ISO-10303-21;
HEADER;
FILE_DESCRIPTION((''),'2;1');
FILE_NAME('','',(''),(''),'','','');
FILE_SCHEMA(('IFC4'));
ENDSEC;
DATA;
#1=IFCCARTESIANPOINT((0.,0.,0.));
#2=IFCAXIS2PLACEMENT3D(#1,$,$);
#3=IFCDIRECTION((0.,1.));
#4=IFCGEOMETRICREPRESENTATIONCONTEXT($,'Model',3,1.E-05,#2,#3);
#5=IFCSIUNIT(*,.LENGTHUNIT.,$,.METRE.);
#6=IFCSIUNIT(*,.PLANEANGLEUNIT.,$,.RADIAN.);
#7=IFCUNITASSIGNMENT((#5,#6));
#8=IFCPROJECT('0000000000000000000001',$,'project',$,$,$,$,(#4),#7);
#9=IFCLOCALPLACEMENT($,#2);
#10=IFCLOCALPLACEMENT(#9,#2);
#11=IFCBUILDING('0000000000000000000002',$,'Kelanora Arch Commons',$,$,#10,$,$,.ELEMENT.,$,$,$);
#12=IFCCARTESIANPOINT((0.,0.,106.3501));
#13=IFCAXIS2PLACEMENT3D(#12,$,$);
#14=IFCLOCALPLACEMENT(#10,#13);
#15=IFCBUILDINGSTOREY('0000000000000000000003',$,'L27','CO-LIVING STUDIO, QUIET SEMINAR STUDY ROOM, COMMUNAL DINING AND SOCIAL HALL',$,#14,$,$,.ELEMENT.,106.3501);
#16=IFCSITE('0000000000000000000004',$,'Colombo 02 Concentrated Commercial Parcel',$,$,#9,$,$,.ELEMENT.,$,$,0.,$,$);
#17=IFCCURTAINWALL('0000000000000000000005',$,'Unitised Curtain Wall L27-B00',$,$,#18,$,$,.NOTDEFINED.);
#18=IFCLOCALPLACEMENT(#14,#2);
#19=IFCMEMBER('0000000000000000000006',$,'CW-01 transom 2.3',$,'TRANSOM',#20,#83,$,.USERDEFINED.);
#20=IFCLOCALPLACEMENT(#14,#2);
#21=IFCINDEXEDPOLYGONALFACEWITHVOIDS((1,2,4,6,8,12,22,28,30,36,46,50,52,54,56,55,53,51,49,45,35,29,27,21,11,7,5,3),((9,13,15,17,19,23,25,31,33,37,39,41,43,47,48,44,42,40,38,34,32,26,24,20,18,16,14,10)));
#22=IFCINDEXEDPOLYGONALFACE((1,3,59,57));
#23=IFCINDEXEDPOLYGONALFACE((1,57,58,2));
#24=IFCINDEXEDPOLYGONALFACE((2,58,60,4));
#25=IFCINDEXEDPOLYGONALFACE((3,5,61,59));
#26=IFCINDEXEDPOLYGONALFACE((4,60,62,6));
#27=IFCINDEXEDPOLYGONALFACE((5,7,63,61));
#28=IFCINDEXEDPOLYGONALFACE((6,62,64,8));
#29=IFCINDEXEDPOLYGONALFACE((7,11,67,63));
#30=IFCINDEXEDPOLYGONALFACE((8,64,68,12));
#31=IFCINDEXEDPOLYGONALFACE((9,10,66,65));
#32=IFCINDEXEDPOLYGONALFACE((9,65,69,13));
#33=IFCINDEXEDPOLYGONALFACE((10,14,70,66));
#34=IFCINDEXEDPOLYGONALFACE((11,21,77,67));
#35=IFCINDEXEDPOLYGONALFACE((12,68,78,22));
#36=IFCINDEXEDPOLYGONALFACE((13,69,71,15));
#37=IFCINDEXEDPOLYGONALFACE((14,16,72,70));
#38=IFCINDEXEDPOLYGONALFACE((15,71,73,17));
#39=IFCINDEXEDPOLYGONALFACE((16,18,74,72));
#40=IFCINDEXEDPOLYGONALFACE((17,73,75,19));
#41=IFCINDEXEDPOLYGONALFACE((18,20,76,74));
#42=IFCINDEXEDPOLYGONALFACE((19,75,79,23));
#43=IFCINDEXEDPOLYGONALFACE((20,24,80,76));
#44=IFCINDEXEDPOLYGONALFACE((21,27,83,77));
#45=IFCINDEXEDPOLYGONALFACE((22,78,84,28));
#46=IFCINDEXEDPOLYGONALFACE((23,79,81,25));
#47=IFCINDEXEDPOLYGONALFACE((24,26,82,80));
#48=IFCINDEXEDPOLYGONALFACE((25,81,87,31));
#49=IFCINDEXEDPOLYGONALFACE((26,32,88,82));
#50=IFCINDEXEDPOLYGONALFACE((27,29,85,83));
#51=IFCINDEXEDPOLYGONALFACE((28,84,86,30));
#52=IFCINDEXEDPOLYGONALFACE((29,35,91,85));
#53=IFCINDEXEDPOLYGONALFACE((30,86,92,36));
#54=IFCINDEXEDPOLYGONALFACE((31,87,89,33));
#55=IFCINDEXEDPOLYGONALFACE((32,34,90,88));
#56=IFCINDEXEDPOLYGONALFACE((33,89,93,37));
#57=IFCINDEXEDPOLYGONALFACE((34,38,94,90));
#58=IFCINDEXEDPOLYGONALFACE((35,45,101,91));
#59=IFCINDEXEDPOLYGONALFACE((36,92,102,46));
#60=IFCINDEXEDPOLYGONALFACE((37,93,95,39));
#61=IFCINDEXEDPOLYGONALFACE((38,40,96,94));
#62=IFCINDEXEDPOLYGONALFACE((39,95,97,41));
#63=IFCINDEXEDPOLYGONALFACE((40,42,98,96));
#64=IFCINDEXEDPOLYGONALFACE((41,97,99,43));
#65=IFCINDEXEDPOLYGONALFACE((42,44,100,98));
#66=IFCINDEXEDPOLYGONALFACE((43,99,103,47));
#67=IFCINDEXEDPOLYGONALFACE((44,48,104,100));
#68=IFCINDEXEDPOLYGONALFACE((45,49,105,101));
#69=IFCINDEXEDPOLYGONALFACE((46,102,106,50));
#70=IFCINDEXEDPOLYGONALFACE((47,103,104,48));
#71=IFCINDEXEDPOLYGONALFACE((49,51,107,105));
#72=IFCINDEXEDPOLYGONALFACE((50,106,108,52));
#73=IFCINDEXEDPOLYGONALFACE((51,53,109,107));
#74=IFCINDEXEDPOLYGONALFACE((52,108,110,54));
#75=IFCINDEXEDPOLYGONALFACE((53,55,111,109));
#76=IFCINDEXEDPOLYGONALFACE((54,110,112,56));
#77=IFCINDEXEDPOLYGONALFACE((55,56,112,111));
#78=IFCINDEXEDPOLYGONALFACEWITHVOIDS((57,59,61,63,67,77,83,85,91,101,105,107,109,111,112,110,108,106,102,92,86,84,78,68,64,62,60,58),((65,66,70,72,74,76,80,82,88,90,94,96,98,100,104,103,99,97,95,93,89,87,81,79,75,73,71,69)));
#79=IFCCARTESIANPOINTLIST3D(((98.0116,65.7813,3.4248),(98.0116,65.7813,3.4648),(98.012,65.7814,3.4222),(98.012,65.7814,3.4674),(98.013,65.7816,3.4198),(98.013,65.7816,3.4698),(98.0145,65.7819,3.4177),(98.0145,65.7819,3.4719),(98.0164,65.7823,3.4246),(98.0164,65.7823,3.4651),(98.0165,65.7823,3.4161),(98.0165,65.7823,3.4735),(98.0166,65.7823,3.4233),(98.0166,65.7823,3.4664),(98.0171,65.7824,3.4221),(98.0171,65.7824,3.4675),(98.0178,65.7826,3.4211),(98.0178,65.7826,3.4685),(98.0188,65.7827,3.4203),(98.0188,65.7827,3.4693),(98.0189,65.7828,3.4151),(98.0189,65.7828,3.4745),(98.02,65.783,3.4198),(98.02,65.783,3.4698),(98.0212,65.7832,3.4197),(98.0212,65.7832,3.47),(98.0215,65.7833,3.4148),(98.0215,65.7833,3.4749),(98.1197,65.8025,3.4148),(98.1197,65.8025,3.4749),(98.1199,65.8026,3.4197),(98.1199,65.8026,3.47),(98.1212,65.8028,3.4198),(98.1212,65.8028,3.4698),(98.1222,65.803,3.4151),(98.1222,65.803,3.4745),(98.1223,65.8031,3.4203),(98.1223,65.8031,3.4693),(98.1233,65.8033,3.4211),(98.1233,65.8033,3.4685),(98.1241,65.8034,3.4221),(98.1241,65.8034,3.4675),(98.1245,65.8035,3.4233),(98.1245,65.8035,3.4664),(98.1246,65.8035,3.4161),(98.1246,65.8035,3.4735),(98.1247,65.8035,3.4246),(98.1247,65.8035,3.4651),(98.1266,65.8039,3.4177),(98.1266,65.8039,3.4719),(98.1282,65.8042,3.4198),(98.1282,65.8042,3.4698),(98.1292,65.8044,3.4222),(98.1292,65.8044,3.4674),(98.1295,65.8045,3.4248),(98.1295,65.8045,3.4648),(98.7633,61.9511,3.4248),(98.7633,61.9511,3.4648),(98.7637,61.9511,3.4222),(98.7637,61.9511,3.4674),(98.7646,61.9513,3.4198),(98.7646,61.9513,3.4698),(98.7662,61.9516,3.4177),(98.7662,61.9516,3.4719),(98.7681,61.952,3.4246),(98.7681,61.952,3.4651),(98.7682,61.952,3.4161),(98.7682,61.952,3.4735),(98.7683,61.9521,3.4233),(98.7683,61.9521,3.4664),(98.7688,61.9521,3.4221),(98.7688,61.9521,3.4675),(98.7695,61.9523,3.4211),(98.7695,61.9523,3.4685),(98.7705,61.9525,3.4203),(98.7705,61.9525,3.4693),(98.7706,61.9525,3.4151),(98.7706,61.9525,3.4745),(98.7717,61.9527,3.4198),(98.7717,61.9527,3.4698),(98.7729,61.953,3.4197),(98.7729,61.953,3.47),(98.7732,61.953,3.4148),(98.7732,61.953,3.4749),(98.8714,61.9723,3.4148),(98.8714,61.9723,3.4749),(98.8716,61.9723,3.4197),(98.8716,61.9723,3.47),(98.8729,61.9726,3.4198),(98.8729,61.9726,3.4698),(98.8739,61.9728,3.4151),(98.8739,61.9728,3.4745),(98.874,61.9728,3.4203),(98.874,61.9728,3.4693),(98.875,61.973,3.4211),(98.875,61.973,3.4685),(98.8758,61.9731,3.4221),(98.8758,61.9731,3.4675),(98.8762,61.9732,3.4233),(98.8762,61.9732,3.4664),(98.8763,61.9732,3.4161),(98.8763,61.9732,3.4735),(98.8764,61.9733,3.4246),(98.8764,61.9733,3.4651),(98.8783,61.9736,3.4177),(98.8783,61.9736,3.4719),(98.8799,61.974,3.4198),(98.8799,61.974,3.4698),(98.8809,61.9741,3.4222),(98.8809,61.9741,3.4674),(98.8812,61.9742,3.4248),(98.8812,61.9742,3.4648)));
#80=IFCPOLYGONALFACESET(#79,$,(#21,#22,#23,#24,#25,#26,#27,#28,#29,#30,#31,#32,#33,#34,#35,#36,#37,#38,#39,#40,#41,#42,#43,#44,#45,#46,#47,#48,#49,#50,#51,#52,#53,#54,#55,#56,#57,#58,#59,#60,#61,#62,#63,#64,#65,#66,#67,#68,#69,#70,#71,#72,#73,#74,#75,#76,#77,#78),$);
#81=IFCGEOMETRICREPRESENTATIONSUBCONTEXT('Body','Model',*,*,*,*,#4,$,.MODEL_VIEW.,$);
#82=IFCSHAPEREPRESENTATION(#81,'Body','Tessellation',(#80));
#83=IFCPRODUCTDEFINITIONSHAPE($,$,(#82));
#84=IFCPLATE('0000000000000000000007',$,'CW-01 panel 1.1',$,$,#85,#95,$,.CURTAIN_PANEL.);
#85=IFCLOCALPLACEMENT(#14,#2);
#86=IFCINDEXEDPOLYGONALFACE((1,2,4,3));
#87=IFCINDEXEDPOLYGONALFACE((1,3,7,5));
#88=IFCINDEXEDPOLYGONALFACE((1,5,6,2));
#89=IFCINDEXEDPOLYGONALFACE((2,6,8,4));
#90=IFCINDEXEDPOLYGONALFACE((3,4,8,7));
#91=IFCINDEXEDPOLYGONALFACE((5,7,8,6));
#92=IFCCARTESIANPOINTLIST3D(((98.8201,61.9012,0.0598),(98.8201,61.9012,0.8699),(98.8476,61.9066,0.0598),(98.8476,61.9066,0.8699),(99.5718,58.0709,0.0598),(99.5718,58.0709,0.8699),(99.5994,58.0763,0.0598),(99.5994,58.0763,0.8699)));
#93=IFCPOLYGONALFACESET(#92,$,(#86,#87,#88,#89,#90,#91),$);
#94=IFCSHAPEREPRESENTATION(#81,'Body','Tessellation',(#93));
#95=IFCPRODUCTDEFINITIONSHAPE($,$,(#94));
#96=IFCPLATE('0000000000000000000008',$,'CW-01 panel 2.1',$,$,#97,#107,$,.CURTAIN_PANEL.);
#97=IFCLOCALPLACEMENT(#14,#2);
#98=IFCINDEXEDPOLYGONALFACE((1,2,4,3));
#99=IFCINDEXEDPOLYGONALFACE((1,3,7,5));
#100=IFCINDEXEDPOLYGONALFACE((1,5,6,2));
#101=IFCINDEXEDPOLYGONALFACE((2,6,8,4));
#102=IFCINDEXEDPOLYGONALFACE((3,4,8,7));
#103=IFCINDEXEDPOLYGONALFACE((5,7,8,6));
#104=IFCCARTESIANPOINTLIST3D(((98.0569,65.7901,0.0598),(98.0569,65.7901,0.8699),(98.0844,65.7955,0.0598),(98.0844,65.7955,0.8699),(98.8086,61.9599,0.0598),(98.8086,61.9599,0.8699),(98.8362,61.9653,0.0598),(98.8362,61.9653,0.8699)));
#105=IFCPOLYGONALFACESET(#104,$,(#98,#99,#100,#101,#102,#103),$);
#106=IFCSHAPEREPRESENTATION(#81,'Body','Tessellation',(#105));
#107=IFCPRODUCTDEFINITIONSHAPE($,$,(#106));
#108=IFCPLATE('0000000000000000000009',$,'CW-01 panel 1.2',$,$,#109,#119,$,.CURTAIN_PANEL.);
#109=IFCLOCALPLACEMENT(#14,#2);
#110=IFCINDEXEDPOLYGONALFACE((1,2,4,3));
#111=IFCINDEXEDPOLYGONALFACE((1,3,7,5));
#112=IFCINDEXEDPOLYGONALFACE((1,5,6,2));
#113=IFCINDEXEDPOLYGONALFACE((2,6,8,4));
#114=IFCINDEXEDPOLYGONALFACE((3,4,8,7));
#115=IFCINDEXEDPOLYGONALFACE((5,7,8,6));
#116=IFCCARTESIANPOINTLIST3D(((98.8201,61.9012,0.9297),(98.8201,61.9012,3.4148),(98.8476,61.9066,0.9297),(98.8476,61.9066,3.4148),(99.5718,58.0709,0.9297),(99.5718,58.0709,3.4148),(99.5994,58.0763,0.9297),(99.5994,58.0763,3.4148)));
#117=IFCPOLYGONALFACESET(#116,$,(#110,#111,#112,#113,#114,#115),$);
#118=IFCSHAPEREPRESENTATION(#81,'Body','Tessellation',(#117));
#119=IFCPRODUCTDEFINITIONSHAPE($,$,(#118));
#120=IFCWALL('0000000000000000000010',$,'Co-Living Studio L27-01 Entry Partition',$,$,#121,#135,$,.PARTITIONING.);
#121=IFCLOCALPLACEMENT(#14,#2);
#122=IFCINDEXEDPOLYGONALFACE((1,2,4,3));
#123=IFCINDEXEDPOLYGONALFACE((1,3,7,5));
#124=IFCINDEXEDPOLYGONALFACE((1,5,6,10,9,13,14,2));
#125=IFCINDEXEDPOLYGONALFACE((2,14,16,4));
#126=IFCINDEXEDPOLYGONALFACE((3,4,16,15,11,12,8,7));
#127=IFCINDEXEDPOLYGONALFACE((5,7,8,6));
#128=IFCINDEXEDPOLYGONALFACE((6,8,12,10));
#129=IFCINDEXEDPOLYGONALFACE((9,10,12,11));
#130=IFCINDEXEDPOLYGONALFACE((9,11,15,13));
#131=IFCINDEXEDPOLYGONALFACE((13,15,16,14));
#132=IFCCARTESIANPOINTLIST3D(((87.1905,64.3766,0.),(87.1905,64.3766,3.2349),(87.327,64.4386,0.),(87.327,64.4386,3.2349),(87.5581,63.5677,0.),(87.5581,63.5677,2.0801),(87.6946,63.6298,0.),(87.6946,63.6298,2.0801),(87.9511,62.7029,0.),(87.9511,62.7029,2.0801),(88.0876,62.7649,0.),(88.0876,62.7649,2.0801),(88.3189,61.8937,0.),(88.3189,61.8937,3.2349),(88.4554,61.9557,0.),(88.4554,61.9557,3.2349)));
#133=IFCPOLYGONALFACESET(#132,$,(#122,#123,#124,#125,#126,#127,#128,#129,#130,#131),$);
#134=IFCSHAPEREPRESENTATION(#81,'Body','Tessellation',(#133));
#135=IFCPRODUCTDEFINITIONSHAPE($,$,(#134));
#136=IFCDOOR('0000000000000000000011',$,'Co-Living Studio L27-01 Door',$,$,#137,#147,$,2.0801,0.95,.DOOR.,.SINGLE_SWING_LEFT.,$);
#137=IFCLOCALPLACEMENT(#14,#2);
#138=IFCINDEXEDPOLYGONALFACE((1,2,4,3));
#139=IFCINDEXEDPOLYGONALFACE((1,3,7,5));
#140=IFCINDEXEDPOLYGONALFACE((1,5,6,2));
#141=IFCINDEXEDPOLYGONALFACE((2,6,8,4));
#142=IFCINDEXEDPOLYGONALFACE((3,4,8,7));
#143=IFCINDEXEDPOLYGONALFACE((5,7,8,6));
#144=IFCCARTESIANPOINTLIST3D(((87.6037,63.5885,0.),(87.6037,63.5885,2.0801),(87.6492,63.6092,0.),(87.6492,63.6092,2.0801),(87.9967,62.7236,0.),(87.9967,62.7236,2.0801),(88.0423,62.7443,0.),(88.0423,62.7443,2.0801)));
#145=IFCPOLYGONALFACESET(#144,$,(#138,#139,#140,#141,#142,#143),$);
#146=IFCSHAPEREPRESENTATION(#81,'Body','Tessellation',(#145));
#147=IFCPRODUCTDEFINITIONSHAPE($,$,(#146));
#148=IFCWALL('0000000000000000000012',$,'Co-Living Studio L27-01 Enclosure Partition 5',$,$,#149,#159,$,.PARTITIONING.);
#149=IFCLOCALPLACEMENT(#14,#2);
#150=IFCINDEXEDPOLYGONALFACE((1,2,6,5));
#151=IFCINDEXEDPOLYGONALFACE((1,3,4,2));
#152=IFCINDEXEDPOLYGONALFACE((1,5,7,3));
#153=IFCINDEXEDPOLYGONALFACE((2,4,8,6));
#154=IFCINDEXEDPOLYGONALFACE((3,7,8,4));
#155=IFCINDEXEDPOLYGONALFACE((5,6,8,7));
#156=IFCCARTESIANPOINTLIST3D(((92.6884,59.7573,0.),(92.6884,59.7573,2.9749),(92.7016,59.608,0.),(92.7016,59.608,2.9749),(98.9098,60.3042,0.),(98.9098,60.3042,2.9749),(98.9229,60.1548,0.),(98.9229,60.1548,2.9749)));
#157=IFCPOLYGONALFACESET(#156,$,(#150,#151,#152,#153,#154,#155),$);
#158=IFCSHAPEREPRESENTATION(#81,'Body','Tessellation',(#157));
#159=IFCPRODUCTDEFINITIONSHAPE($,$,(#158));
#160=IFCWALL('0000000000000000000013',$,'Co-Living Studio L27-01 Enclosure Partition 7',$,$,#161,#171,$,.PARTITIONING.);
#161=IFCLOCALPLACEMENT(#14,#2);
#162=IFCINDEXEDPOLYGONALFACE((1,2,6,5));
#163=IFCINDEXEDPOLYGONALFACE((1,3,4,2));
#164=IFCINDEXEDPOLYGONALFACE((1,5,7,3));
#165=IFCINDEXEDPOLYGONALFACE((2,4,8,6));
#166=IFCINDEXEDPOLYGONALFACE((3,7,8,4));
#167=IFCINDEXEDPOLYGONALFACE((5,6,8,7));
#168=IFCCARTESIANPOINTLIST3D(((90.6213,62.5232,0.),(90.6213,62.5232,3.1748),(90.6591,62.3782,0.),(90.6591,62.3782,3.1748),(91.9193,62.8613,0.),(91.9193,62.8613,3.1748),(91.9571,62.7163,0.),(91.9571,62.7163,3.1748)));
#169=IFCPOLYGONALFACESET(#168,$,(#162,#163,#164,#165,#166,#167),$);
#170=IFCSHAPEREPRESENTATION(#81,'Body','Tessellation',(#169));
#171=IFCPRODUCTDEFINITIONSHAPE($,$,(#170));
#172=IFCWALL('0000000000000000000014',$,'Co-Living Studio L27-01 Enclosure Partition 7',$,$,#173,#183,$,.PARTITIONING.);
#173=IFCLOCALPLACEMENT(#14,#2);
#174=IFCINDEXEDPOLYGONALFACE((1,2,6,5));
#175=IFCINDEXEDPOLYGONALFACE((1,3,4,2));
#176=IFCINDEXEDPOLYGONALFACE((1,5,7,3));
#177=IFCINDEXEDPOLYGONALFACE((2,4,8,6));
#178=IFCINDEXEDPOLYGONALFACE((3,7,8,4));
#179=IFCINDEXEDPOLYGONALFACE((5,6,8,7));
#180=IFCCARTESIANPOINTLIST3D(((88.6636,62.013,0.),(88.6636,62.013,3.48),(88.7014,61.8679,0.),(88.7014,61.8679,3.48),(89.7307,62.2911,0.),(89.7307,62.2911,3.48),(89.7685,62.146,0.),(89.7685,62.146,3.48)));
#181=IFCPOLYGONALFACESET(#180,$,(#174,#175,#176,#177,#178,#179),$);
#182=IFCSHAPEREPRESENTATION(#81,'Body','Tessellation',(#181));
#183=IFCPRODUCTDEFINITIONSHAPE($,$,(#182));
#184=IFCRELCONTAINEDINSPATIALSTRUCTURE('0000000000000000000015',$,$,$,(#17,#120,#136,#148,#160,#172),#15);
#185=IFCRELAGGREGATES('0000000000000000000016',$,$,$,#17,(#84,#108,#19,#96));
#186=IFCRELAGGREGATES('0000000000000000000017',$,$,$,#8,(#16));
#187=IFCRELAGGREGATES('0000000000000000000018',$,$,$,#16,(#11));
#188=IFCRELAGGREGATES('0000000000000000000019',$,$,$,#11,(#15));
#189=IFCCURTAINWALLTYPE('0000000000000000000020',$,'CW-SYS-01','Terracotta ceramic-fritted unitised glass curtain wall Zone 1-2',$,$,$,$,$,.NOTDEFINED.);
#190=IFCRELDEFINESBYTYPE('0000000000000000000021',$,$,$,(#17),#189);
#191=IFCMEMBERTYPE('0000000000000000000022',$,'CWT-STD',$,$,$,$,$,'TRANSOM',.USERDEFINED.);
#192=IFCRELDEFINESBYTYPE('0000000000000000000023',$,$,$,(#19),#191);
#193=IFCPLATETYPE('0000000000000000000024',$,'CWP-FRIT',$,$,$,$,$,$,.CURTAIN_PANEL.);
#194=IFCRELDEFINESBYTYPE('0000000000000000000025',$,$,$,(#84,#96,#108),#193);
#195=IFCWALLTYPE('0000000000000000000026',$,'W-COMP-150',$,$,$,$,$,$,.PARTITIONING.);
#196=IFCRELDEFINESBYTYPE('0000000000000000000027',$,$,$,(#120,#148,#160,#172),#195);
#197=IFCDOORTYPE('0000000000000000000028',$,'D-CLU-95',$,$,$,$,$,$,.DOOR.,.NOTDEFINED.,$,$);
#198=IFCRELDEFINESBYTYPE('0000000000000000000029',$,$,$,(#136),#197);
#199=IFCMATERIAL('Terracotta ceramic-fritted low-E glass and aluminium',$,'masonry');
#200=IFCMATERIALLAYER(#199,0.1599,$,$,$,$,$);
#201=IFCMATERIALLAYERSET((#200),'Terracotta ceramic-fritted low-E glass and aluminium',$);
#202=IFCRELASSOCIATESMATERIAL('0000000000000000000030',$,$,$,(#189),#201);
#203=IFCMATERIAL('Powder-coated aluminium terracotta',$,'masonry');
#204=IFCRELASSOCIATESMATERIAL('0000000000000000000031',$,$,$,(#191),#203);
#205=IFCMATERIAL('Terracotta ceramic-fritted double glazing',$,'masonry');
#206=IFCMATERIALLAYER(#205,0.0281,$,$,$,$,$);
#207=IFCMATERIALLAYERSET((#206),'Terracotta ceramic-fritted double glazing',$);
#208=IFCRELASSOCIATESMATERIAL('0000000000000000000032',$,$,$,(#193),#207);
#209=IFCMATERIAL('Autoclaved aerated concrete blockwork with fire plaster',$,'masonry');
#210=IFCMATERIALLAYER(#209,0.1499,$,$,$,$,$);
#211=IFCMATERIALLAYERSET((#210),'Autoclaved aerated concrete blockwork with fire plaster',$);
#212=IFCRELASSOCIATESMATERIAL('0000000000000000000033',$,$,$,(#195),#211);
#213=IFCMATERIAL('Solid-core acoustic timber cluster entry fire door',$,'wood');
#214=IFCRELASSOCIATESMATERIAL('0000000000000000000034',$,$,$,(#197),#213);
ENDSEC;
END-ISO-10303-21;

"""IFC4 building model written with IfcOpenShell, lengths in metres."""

from ifc_helpers import new_model, si_unit, direction, frame, frame_2d, origin, origin_2d, place, context, subcontext, project, spatial, rectangle, hollow_rectangle, extrude, source, transform, mapped, material, layer, layer_set, material_profile, profile_set, type_object, element, fill, aggregate, save


model = new_model("IFC4")

# Units and contexts
model_context = context("Model", 3, precision=1e-05, world=origin(), true_north=direction((0.0, 1.0)))
body_context = subcontext(model_context, "Body", "Model", "MODEL_VIEW")
ifc_project = project(units=[si_unit("LENGTHUNIT", "METRE"), si_unit("PLANEANGLEUNIT", "RADIAN")], contexts=[model_context])

# Site, building, storey
site_placement = place(None, origin())
site = spatial("IfcSite", under=ifc_project, at=site_placement, Name="Colombo 02 Concentrated Commercial Parcel", CompositionType="ELEMENT", RefElevation=0.0)
building_placement = place(site_placement, origin())
building = spatial("IfcBuilding", under=site, at=building_placement, Name="Kelanora Arch Commons", CompositionType="ELEMENT")
storey_placement = place(building_placement, frame((0.0, 0.0, 106.3501)))
storey = spatial("IfcBuildingStorey", under=building, at=storey_placement, Name="L27", Description="CO-LIVING STUDIO, QUIET SEMINAR STUDY ROOM, COMMUNAL DINING AND SOCIAL HALL", CompositionType="ELEMENT", Elevation=106.3501)

# Curtain wall, member, plates
ifc_material_1 = material(Name="Terracotta ceramic-fritted low-E glass and aluminium", Category="masonry")
ifc_layer_1 = layer(ifc_material_1, 0.1599)
ifc_layer_set_1 = layer_set([ifc_layer_1], Name="Terracotta ceramic-fritted low-E glass and aluminium")
curtain_wall_type = type_object("IfcCurtainWallType", Name="CW-SYS-01", Description="Terracotta ceramic-fritted unitised glass curtain wall Zone 1-2", PredefinedType="NOTDEFINED", material=ifc_layer_set_1)
curtain_wall_placement = place(storey_placement, origin())
curtain_wall = element("IfcCurtainWall", 1, at=curtain_wall_placement, inside=storey, type_object=curtain_wall_type, Name="Unitised Curtain Wall L27-B00", PredefinedType="NOTDEFINED")
ifc_material_2 = material(Name="Powder-coated aluminium terracotta", Category="masonry")
ifc_material_profile_1 = material_profile(ifc_material_2, hollow_rectangle(XDim=0.1201, YDim=0.0601, WallThickness=0.0049, InnerFilletRadius=0.0049, OuterFilletRadius=0.01, at=origin_2d()), Name="CWT120x60")
ifc_profile_set_1 = profile_set([ifc_material_profile_1], Name="Powder-coated aluminium terracotta")
member_type_1 = type_object("IfcMemberType", Name="CWT-STD", ElementType="TRANSOM", PredefinedType="USERDEFINED", material=ifc_profile_set_1)
member_1_placement = place(storey_placement, frame((98.8223, 61.9626, 3.4448), z_axis=(-0.192579, 0.981282, 0.0), x_axis=(-0.981282, -0.192579, 0.0)))
member_1 = element("IfcMember", 2, at=member_1_placement, type_object=member_type_1, Name="CW-01 transom 2.3", ObjectType="TRANSOM", PredefinedType="USERDEFINED", context=body_context, shape_type="SweptSolid", body=[
    extrude(hollow_rectangle(XDim=0.1201, YDim=0.0601, WallThickness=0.0049, InnerFilletRadius=0.0049, OuterFilletRadius=0.01, at=origin_2d()), origin(), (0.0, 0.0, 1.0), 3.9033),
])
ifc_material_3 = material(Name="Terracotta ceramic-fritted double glazing", Category="masonry")
ifc_layer_2 = layer(ifc_material_3, 0.0281)
ifc_layer_set_2 = layer_set([ifc_layer_2], Name="Terracotta ceramic-fritted double glazing")
plate_type = type_object("IfcPlateType", Name="CWP-FRIT", PredefinedType="CURTAIN_PANEL", material=ifc_layer_set_2)
shared_shape_1 = source(origin(), body_context, "Body", "SweptSolid", [
    extrude(rectangle(XDim=3.9033, YDim=0.0281, at=origin_2d()), origin(), (0.0, 0.0, 1.0), 0.8101),
])
plate_1_placement = place(storey_placement, frame((99.2097, 59.9888, 0.0598), z_axis=(0.0, 0.0, 1.0), x_axis=(-0.192585, 0.98128, 0.0)))
plate_1 = element("IfcPlate", 3, at=plate_1_placement, type_object=plate_type, Name="CW-01 panel 1.1", PredefinedType="CURTAIN_PANEL", context=body_context, shape_type="MappedRepresentation", body=[
    mapped(shared_shape_1, transform((0.0, 0.0, 0.0), scale=1.0)),
])
plate_2_placement = place(storey_placement, frame((98.4465, 63.8777, 0.0598), z_axis=(0.0, 0.0, 1.0), x_axis=(-0.192585, 0.98128, 0.0)))
plate_2 = element("IfcPlate", 4, at=plate_2_placement, type_object=plate_type, Name="CW-01 panel 2.1", PredefinedType="CURTAIN_PANEL", context=body_context, shape_type="MappedRepresentation", body=[
    mapped(shared_shape_1, transform((0.0, 0.0, 0.0), scale=1.0)),
])
shared_shape_2 = source(origin(), body_context, "Body", "SweptSolid", [
    extrude(rectangle(XDim=3.9033, YDim=0.0281, at=origin_2d()), origin(), (0.0, 0.0, 1.0), 2.4851),
])
plate_3_placement = place(storey_placement, frame((99.2097, 59.9888, 0.9297), z_axis=(0.0, 0.0, 1.0), x_axis=(-0.192585, 0.98128, 0.0)))
plate_3 = element("IfcPlate", 5, at=plate_3_placement, type_object=plate_type, Name="CW-01 panel 1.2", PredefinedType="CURTAIN_PANEL", context=body_context, shape_type="MappedRepresentation", body=[
    mapped(shared_shape_2, transform((0.0, 0.0, 0.0), scale=1.0)),
])
aggregate(curtain_wall, [plate_1, plate_3, member_1, plate_2])

# Wall, opening, door
ifc_material_4 = material(Name="Autoclaved aerated concrete blockwork with fire plaster", Category="masonry")
ifc_layer_3 = layer(ifc_material_4, 0.1499)
ifc_layer_set_3 = layer_set([ifc_layer_3], Name="Autoclaved aerated concrete blockwork with fire plaster")
wall_type_1 = type_object("IfcWallType", Name="W-COMP-150", PredefinedType="PARTITIONING", material=ifc_layer_set_3)
wall_1_placement = place(storey_placement, frame((88.3872, 61.9246, 0.0), z_axis=(0.0, 0.0, 1.0), x_axis=(-0.413749, 0.910391, 0.0)))
wall_1 = element("IfcWall", 6, at=wall_1_placement, inside=storey, type_object=wall_type_1, Name="Co-Living Studio L27-01 Entry Partition", PredefinedType="PARTITIONING", context=body_context, shape_type="SweptSolid", body=[
    extrude(rectangle(XDim=2.7273, YDim=0.1499, at=frame_2d((1.3638, 0.0))), origin(), (0.0, 0.0, 1.0), 3.2349),
])
opening_1_placement = place(wall_1_placement, frame((0.8889, 0.0, 0.0)))
opening_1 = element("IfcOpeningElement", 7, at=opening_1_placement, cuts=wall_1, PredefinedType="OPENING", context=body_context, shape_type="SweptSolid", body=[
    extrude(rectangle(XDim=0.95, YDim=2.0801, at=frame_2d((0.4751, 1.04))), frame((0.0, 0.085, 0.0), z_axis=(0.0, -1.0, 0.0), x_axis=(1.0, 0.0, 0.0)), (0.0, 0.0, 1.0), 0.1699),
])
ifc_material_5 = material(Name="Solid-core acoustic timber cluster entry fire door", Category="wood")
door_type_1 = type_object("IfcDoorType", Name="D-CLU-95", OperationType="NOTDEFINED", PredefinedType="DOOR", material=ifc_material_5)
door_1_placement = place(opening_1_placement, origin())
door_1 = element("IfcDoor", 8, at=door_1_placement, inside=storey, type_object=door_type_1, Name="Co-Living Studio L27-01 Door", OperationType="SINGLE_SWING_LEFT", OverallHeight=2.0801, OverallWidth=0.95, PredefinedType="DOOR", context=body_context, shape_type="SweptSolid", body=[
    extrude(rectangle(XDim=0.95, YDim=2.0801, at=frame_2d((0.4751, 1.04))), frame((0.0, 0.0249, 0.0), z_axis=(0.0, -1.0, 0.0), x_axis=(1.0, 0.0, 0.0)), (0.0, 0.0, 1.0), 0.05),
])
fill(opening_1, door_1)

# Walls
wall_2_placement = place(storey_placement, frame((98.9163, 60.2295, 0.0), z_axis=(0.0, 0.0, 1.0), x_axis=(-0.996159, -0.087564, 0.0)))
element("IfcWall", 9, at=wall_2_placement, inside=storey, type_object=wall_type_1, Name="Co-Living Studio L27-01 Enclosure Partition 5", PredefinedType="PARTITIONING", context=body_context, shape_type="SweptSolid", body=[
    extrude(rectangle(XDim=6.2454, YDim=0.1499, at=frame_2d((3.1226, 0.0))), origin(), (0.0, 0.0, 1.0), 2.9749),
])
wall_3_placement = place(storey_placement, frame((91.9382, 62.7888, 0.0), z_axis=(0.0, 0.0, 1.0), x_axis=(-0.967708, -0.252074, 0.0)))
element("IfcWall", 10, at=wall_3_placement, inside=storey, type_object=wall_type_1, Name="Co-Living Studio L27-01 Enclosure Partition 7", PredefinedType="PARTITIONING", context=body_context, shape_type="SweptSolid", body=[
    extrude(rectangle(XDim=1.3413, YDim=0.1499, at=frame_2d((0.6707, 0.0))), origin(), (0.0, 0.0, 1.0), 3.1748),
])
wall_4_placement = place(storey_placement, frame((89.7495, 62.2185, 0.0), z_axis=(0.0, 0.0, 1.0), x_axis=(-0.967685, -0.252161, 0.0)))
element("IfcWall", 11, at=wall_4_placement, inside=storey, type_object=wall_type_1, Name="Co-Living Studio L27-01 Enclosure Partition 7", PredefinedType="PARTITIONING", context=body_context, shape_type="SweptSolid", body=[
    extrude(rectangle(XDim=1.1028, YDim=0.1499, at=frame_2d((0.5513, 0.0))), origin(), (0.0, 0.0, 1.0), 3.48),
])

save(model, "model.ifc")
